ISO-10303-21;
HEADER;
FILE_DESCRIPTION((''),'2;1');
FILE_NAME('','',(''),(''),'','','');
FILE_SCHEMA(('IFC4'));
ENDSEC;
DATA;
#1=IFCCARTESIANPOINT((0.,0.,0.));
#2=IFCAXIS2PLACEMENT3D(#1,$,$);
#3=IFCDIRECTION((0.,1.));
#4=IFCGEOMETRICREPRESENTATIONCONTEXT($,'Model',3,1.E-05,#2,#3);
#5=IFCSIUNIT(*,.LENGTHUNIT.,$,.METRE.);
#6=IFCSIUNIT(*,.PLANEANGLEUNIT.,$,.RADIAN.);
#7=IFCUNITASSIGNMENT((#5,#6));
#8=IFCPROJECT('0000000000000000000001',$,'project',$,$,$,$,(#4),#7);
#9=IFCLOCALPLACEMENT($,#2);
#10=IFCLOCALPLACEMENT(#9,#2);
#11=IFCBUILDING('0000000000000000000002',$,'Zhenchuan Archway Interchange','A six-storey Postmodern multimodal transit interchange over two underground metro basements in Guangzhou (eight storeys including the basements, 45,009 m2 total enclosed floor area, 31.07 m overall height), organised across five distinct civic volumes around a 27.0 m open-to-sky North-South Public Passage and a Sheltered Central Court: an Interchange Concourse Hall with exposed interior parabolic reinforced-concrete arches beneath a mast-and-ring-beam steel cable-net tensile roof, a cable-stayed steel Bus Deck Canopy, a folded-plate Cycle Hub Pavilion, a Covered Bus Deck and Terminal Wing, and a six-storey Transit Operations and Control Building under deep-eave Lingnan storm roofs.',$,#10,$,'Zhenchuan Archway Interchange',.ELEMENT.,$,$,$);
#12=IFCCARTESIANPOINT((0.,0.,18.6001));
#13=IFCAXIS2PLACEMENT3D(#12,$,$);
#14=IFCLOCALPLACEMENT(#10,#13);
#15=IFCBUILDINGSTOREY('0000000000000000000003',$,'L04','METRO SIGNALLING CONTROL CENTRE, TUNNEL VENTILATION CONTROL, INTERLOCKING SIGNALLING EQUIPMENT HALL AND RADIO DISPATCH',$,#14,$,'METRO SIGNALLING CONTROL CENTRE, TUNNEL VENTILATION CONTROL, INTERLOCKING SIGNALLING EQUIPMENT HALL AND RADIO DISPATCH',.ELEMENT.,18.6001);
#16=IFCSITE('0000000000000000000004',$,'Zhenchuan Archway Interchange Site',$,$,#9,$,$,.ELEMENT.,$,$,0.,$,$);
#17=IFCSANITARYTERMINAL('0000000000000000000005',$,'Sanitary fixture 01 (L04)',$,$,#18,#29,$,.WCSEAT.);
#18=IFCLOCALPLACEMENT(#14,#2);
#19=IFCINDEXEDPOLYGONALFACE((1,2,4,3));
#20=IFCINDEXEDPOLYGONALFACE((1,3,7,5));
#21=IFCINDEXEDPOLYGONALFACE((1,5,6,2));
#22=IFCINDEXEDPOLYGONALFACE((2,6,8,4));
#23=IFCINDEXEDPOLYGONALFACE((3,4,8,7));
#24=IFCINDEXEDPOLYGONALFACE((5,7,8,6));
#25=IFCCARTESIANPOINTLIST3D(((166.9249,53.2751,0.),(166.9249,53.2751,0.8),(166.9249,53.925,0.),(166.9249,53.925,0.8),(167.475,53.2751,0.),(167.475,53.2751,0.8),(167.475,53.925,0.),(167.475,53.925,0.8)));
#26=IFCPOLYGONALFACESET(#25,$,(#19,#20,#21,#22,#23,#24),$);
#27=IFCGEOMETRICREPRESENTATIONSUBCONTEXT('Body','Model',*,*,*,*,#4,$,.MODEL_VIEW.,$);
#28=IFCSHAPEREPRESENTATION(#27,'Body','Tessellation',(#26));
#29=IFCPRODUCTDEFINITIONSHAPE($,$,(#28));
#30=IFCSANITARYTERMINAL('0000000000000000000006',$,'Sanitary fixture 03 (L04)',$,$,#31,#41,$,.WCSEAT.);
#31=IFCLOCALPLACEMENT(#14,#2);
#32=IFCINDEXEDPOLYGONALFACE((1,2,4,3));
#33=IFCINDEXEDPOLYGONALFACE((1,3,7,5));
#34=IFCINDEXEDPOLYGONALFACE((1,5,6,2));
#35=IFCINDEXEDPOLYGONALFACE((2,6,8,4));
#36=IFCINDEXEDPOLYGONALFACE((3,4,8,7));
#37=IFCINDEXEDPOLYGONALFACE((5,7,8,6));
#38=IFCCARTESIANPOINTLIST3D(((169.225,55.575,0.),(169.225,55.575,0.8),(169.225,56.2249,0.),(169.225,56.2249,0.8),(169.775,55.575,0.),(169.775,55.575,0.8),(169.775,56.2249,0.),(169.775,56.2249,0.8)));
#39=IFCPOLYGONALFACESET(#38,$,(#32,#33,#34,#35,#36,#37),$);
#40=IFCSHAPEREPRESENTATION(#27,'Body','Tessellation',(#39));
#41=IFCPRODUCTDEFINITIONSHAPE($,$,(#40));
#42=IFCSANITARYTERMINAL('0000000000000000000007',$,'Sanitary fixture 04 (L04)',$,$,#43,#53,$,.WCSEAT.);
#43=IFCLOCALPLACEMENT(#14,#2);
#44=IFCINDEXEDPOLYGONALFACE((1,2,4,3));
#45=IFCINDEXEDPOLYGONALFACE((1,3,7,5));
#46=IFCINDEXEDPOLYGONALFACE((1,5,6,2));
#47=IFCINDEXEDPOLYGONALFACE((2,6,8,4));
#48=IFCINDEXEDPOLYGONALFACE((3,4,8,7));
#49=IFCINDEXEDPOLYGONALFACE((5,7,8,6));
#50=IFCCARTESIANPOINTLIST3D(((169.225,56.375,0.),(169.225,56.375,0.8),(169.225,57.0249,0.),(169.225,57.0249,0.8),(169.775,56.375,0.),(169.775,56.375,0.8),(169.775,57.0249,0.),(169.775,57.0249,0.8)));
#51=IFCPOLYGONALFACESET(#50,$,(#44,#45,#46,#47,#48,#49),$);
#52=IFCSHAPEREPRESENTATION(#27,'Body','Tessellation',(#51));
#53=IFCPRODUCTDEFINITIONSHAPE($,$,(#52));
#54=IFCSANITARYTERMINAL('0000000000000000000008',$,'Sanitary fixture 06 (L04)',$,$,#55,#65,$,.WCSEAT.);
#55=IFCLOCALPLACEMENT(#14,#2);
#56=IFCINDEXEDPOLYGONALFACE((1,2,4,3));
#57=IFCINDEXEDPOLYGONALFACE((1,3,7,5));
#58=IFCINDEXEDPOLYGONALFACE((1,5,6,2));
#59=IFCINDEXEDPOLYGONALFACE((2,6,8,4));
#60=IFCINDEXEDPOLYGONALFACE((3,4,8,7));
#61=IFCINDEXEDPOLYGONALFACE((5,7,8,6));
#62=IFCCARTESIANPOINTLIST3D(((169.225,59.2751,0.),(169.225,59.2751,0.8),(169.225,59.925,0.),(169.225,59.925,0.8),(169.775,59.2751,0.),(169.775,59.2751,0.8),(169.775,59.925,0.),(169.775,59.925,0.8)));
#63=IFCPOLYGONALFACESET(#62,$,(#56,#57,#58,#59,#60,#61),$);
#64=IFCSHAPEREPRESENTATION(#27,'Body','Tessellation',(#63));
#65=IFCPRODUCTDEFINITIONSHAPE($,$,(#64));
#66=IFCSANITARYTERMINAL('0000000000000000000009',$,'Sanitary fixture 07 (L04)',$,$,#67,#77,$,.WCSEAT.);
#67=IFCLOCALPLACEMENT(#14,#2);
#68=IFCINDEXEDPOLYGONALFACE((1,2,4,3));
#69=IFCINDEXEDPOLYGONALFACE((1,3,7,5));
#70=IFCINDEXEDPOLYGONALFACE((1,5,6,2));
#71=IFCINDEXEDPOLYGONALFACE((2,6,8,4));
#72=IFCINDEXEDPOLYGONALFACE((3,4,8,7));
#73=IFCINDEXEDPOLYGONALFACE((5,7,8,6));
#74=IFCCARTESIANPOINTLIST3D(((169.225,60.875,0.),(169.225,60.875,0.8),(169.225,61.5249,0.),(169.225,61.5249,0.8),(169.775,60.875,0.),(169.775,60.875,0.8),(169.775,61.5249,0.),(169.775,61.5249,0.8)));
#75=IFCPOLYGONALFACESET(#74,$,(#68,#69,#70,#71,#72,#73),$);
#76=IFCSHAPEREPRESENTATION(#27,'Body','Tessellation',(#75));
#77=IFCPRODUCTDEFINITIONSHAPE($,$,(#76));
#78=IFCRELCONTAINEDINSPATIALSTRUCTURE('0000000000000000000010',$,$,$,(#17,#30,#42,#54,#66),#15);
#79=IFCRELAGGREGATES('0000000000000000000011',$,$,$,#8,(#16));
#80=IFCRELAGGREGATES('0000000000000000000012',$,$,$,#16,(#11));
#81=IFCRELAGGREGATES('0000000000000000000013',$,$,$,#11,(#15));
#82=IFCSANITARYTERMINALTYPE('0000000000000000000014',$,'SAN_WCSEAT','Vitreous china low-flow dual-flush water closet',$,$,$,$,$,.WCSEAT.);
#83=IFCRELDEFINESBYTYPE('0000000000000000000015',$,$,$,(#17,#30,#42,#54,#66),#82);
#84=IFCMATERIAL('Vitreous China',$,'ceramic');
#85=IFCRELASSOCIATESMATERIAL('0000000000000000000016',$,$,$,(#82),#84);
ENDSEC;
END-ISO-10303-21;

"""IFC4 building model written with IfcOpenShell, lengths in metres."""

from ifc_helpers import new_model, si_unit, direction, frame, origin, origin_2d, place, context, subcontext, project, spatial, rectangle, extrude, material, type_object, element, save


model = new_model("IFC4")

# Units and contexts
model_context = context("Model", 3, precision=1e-05, world=origin(), true_north=direction((0.0, 1.0)))
body_context = subcontext(model_context, "Body", "Model", "MODEL_VIEW")
ifc_project = project(units=[si_unit("LENGTHUNIT", "METRE"), si_unit("PLANEANGLEUNIT", "RADIAN")], contexts=[model_context])

# Site, building, storey
site_placement = place(None, origin())
site = spatial("IfcSite", under=ifc_project, at=site_placement, Name="Zhenchuan Archway Interchange Site", CompositionType="ELEMENT", RefElevation=0.0)
building_placement = place(site_placement, origin())
building = spatial("IfcBuilding", under=site, at=building_placement, Name="Zhenchuan Archway Interchange", Description="A six-storey Postmodern multimodal transit interchange over two underground metro basements in Guangzhou (eight storeys including the basements, 45,009 m2 total enclosed floor area, 31.07 m overall height), organised across five distinct civic volumes around a 27.0 m open-to-sky North-South Public Passage and a Sheltered Central Court: an Interchange Concourse Hall with exposed interior parabolic reinforced-concrete arches beneath a mast-and-ring-beam steel cable-net tensile roof, a cable-stayed steel Bus Deck Canopy, a folded-plate Cycle Hub Pavilion, a Covered Bus Deck and Terminal Wing, and a six-storey Transit Operations and Control Building under deep-eave Lingnan storm roofs.", LongName="Zhenchuan Archway Interchange", CompositionType="ELEMENT")
storey_placement = place(building_placement, frame((0.0, 0.0, 18.6001)))
storey = spatial("IfcBuildingStorey", under=building, at=storey_placement, Name="L04", Description="METRO SIGNALLING CONTROL CENTRE, TUNNEL VENTILATION CONTROL, INTERLOCKING SIGNALLING EQUIPMENT HALL AND RADIO DISPATCH", LongName="METRO SIGNALLING CONTROL CENTRE, TUNNEL VENTILATION CONTROL, INTERLOCKING SIGNALLING EQUIPMENT HALL AND RADIO DISPATCH", CompositionType="ELEMENT", Elevation=18.6001)

# Sanitary terminals
ifc_material_1 = material(Name="Vitreous China", Category="ceramic")
sanitary_terminal_type_1 = type_object("IfcSanitaryTerminalType", Name="SAN_WCSEAT", Description="Vitreous china low-flow dual-flush water closet", PredefinedType="WCSEAT", material=ifc_material_1)
for number, where, z_axis, x_axis, name in (
    (1, (167.2, 53.6001, 0.0), (0.0, 0.0, 1.0), (1.0, 0.0, 0.0), "Sanitary fixture 01 (L04)"),
    (2, (169.5, 55.8999, 0.0), (0.0, 0.0, 1.0), (1.0, 0.0, 0.0), "Sanitary fixture 03 (L04)"),
    (3, (169.5, 56.7, 0.0), (0.0, 0.0, 1.0), (1.0, 0.0, 0.0), "Sanitary fixture 04 (L04)"),
    (4, (169.5, 59.6001, 0.0), (0.0, 0.0, 1.0), (1.0, 0.0, 0.0), "Sanitary fixture 06 (L04)"),
    (5, (169.5, 61.2, 0.0), (0.0, 0.0, 1.0), (1.0, 0.0, 0.0), "Sanitary fixture 07 (L04)"),
):
    element("IfcSanitaryTerminal", number, at=place(storey_placement, frame(where, z_axis=z_axis, x_axis=x_axis)), inside=storey, type_object=sanitary_terminal_type_1, Name=name, PredefinedType="WCSEAT", context=body_context, shape_type="SweptSolid", body=[
        extrude(rectangle(XDim=0.55, YDim=0.6499, at=origin_2d()), origin(), (0.0, 0.0, 1.0), 0.8),
    ])

save(model, "model.ifc")
